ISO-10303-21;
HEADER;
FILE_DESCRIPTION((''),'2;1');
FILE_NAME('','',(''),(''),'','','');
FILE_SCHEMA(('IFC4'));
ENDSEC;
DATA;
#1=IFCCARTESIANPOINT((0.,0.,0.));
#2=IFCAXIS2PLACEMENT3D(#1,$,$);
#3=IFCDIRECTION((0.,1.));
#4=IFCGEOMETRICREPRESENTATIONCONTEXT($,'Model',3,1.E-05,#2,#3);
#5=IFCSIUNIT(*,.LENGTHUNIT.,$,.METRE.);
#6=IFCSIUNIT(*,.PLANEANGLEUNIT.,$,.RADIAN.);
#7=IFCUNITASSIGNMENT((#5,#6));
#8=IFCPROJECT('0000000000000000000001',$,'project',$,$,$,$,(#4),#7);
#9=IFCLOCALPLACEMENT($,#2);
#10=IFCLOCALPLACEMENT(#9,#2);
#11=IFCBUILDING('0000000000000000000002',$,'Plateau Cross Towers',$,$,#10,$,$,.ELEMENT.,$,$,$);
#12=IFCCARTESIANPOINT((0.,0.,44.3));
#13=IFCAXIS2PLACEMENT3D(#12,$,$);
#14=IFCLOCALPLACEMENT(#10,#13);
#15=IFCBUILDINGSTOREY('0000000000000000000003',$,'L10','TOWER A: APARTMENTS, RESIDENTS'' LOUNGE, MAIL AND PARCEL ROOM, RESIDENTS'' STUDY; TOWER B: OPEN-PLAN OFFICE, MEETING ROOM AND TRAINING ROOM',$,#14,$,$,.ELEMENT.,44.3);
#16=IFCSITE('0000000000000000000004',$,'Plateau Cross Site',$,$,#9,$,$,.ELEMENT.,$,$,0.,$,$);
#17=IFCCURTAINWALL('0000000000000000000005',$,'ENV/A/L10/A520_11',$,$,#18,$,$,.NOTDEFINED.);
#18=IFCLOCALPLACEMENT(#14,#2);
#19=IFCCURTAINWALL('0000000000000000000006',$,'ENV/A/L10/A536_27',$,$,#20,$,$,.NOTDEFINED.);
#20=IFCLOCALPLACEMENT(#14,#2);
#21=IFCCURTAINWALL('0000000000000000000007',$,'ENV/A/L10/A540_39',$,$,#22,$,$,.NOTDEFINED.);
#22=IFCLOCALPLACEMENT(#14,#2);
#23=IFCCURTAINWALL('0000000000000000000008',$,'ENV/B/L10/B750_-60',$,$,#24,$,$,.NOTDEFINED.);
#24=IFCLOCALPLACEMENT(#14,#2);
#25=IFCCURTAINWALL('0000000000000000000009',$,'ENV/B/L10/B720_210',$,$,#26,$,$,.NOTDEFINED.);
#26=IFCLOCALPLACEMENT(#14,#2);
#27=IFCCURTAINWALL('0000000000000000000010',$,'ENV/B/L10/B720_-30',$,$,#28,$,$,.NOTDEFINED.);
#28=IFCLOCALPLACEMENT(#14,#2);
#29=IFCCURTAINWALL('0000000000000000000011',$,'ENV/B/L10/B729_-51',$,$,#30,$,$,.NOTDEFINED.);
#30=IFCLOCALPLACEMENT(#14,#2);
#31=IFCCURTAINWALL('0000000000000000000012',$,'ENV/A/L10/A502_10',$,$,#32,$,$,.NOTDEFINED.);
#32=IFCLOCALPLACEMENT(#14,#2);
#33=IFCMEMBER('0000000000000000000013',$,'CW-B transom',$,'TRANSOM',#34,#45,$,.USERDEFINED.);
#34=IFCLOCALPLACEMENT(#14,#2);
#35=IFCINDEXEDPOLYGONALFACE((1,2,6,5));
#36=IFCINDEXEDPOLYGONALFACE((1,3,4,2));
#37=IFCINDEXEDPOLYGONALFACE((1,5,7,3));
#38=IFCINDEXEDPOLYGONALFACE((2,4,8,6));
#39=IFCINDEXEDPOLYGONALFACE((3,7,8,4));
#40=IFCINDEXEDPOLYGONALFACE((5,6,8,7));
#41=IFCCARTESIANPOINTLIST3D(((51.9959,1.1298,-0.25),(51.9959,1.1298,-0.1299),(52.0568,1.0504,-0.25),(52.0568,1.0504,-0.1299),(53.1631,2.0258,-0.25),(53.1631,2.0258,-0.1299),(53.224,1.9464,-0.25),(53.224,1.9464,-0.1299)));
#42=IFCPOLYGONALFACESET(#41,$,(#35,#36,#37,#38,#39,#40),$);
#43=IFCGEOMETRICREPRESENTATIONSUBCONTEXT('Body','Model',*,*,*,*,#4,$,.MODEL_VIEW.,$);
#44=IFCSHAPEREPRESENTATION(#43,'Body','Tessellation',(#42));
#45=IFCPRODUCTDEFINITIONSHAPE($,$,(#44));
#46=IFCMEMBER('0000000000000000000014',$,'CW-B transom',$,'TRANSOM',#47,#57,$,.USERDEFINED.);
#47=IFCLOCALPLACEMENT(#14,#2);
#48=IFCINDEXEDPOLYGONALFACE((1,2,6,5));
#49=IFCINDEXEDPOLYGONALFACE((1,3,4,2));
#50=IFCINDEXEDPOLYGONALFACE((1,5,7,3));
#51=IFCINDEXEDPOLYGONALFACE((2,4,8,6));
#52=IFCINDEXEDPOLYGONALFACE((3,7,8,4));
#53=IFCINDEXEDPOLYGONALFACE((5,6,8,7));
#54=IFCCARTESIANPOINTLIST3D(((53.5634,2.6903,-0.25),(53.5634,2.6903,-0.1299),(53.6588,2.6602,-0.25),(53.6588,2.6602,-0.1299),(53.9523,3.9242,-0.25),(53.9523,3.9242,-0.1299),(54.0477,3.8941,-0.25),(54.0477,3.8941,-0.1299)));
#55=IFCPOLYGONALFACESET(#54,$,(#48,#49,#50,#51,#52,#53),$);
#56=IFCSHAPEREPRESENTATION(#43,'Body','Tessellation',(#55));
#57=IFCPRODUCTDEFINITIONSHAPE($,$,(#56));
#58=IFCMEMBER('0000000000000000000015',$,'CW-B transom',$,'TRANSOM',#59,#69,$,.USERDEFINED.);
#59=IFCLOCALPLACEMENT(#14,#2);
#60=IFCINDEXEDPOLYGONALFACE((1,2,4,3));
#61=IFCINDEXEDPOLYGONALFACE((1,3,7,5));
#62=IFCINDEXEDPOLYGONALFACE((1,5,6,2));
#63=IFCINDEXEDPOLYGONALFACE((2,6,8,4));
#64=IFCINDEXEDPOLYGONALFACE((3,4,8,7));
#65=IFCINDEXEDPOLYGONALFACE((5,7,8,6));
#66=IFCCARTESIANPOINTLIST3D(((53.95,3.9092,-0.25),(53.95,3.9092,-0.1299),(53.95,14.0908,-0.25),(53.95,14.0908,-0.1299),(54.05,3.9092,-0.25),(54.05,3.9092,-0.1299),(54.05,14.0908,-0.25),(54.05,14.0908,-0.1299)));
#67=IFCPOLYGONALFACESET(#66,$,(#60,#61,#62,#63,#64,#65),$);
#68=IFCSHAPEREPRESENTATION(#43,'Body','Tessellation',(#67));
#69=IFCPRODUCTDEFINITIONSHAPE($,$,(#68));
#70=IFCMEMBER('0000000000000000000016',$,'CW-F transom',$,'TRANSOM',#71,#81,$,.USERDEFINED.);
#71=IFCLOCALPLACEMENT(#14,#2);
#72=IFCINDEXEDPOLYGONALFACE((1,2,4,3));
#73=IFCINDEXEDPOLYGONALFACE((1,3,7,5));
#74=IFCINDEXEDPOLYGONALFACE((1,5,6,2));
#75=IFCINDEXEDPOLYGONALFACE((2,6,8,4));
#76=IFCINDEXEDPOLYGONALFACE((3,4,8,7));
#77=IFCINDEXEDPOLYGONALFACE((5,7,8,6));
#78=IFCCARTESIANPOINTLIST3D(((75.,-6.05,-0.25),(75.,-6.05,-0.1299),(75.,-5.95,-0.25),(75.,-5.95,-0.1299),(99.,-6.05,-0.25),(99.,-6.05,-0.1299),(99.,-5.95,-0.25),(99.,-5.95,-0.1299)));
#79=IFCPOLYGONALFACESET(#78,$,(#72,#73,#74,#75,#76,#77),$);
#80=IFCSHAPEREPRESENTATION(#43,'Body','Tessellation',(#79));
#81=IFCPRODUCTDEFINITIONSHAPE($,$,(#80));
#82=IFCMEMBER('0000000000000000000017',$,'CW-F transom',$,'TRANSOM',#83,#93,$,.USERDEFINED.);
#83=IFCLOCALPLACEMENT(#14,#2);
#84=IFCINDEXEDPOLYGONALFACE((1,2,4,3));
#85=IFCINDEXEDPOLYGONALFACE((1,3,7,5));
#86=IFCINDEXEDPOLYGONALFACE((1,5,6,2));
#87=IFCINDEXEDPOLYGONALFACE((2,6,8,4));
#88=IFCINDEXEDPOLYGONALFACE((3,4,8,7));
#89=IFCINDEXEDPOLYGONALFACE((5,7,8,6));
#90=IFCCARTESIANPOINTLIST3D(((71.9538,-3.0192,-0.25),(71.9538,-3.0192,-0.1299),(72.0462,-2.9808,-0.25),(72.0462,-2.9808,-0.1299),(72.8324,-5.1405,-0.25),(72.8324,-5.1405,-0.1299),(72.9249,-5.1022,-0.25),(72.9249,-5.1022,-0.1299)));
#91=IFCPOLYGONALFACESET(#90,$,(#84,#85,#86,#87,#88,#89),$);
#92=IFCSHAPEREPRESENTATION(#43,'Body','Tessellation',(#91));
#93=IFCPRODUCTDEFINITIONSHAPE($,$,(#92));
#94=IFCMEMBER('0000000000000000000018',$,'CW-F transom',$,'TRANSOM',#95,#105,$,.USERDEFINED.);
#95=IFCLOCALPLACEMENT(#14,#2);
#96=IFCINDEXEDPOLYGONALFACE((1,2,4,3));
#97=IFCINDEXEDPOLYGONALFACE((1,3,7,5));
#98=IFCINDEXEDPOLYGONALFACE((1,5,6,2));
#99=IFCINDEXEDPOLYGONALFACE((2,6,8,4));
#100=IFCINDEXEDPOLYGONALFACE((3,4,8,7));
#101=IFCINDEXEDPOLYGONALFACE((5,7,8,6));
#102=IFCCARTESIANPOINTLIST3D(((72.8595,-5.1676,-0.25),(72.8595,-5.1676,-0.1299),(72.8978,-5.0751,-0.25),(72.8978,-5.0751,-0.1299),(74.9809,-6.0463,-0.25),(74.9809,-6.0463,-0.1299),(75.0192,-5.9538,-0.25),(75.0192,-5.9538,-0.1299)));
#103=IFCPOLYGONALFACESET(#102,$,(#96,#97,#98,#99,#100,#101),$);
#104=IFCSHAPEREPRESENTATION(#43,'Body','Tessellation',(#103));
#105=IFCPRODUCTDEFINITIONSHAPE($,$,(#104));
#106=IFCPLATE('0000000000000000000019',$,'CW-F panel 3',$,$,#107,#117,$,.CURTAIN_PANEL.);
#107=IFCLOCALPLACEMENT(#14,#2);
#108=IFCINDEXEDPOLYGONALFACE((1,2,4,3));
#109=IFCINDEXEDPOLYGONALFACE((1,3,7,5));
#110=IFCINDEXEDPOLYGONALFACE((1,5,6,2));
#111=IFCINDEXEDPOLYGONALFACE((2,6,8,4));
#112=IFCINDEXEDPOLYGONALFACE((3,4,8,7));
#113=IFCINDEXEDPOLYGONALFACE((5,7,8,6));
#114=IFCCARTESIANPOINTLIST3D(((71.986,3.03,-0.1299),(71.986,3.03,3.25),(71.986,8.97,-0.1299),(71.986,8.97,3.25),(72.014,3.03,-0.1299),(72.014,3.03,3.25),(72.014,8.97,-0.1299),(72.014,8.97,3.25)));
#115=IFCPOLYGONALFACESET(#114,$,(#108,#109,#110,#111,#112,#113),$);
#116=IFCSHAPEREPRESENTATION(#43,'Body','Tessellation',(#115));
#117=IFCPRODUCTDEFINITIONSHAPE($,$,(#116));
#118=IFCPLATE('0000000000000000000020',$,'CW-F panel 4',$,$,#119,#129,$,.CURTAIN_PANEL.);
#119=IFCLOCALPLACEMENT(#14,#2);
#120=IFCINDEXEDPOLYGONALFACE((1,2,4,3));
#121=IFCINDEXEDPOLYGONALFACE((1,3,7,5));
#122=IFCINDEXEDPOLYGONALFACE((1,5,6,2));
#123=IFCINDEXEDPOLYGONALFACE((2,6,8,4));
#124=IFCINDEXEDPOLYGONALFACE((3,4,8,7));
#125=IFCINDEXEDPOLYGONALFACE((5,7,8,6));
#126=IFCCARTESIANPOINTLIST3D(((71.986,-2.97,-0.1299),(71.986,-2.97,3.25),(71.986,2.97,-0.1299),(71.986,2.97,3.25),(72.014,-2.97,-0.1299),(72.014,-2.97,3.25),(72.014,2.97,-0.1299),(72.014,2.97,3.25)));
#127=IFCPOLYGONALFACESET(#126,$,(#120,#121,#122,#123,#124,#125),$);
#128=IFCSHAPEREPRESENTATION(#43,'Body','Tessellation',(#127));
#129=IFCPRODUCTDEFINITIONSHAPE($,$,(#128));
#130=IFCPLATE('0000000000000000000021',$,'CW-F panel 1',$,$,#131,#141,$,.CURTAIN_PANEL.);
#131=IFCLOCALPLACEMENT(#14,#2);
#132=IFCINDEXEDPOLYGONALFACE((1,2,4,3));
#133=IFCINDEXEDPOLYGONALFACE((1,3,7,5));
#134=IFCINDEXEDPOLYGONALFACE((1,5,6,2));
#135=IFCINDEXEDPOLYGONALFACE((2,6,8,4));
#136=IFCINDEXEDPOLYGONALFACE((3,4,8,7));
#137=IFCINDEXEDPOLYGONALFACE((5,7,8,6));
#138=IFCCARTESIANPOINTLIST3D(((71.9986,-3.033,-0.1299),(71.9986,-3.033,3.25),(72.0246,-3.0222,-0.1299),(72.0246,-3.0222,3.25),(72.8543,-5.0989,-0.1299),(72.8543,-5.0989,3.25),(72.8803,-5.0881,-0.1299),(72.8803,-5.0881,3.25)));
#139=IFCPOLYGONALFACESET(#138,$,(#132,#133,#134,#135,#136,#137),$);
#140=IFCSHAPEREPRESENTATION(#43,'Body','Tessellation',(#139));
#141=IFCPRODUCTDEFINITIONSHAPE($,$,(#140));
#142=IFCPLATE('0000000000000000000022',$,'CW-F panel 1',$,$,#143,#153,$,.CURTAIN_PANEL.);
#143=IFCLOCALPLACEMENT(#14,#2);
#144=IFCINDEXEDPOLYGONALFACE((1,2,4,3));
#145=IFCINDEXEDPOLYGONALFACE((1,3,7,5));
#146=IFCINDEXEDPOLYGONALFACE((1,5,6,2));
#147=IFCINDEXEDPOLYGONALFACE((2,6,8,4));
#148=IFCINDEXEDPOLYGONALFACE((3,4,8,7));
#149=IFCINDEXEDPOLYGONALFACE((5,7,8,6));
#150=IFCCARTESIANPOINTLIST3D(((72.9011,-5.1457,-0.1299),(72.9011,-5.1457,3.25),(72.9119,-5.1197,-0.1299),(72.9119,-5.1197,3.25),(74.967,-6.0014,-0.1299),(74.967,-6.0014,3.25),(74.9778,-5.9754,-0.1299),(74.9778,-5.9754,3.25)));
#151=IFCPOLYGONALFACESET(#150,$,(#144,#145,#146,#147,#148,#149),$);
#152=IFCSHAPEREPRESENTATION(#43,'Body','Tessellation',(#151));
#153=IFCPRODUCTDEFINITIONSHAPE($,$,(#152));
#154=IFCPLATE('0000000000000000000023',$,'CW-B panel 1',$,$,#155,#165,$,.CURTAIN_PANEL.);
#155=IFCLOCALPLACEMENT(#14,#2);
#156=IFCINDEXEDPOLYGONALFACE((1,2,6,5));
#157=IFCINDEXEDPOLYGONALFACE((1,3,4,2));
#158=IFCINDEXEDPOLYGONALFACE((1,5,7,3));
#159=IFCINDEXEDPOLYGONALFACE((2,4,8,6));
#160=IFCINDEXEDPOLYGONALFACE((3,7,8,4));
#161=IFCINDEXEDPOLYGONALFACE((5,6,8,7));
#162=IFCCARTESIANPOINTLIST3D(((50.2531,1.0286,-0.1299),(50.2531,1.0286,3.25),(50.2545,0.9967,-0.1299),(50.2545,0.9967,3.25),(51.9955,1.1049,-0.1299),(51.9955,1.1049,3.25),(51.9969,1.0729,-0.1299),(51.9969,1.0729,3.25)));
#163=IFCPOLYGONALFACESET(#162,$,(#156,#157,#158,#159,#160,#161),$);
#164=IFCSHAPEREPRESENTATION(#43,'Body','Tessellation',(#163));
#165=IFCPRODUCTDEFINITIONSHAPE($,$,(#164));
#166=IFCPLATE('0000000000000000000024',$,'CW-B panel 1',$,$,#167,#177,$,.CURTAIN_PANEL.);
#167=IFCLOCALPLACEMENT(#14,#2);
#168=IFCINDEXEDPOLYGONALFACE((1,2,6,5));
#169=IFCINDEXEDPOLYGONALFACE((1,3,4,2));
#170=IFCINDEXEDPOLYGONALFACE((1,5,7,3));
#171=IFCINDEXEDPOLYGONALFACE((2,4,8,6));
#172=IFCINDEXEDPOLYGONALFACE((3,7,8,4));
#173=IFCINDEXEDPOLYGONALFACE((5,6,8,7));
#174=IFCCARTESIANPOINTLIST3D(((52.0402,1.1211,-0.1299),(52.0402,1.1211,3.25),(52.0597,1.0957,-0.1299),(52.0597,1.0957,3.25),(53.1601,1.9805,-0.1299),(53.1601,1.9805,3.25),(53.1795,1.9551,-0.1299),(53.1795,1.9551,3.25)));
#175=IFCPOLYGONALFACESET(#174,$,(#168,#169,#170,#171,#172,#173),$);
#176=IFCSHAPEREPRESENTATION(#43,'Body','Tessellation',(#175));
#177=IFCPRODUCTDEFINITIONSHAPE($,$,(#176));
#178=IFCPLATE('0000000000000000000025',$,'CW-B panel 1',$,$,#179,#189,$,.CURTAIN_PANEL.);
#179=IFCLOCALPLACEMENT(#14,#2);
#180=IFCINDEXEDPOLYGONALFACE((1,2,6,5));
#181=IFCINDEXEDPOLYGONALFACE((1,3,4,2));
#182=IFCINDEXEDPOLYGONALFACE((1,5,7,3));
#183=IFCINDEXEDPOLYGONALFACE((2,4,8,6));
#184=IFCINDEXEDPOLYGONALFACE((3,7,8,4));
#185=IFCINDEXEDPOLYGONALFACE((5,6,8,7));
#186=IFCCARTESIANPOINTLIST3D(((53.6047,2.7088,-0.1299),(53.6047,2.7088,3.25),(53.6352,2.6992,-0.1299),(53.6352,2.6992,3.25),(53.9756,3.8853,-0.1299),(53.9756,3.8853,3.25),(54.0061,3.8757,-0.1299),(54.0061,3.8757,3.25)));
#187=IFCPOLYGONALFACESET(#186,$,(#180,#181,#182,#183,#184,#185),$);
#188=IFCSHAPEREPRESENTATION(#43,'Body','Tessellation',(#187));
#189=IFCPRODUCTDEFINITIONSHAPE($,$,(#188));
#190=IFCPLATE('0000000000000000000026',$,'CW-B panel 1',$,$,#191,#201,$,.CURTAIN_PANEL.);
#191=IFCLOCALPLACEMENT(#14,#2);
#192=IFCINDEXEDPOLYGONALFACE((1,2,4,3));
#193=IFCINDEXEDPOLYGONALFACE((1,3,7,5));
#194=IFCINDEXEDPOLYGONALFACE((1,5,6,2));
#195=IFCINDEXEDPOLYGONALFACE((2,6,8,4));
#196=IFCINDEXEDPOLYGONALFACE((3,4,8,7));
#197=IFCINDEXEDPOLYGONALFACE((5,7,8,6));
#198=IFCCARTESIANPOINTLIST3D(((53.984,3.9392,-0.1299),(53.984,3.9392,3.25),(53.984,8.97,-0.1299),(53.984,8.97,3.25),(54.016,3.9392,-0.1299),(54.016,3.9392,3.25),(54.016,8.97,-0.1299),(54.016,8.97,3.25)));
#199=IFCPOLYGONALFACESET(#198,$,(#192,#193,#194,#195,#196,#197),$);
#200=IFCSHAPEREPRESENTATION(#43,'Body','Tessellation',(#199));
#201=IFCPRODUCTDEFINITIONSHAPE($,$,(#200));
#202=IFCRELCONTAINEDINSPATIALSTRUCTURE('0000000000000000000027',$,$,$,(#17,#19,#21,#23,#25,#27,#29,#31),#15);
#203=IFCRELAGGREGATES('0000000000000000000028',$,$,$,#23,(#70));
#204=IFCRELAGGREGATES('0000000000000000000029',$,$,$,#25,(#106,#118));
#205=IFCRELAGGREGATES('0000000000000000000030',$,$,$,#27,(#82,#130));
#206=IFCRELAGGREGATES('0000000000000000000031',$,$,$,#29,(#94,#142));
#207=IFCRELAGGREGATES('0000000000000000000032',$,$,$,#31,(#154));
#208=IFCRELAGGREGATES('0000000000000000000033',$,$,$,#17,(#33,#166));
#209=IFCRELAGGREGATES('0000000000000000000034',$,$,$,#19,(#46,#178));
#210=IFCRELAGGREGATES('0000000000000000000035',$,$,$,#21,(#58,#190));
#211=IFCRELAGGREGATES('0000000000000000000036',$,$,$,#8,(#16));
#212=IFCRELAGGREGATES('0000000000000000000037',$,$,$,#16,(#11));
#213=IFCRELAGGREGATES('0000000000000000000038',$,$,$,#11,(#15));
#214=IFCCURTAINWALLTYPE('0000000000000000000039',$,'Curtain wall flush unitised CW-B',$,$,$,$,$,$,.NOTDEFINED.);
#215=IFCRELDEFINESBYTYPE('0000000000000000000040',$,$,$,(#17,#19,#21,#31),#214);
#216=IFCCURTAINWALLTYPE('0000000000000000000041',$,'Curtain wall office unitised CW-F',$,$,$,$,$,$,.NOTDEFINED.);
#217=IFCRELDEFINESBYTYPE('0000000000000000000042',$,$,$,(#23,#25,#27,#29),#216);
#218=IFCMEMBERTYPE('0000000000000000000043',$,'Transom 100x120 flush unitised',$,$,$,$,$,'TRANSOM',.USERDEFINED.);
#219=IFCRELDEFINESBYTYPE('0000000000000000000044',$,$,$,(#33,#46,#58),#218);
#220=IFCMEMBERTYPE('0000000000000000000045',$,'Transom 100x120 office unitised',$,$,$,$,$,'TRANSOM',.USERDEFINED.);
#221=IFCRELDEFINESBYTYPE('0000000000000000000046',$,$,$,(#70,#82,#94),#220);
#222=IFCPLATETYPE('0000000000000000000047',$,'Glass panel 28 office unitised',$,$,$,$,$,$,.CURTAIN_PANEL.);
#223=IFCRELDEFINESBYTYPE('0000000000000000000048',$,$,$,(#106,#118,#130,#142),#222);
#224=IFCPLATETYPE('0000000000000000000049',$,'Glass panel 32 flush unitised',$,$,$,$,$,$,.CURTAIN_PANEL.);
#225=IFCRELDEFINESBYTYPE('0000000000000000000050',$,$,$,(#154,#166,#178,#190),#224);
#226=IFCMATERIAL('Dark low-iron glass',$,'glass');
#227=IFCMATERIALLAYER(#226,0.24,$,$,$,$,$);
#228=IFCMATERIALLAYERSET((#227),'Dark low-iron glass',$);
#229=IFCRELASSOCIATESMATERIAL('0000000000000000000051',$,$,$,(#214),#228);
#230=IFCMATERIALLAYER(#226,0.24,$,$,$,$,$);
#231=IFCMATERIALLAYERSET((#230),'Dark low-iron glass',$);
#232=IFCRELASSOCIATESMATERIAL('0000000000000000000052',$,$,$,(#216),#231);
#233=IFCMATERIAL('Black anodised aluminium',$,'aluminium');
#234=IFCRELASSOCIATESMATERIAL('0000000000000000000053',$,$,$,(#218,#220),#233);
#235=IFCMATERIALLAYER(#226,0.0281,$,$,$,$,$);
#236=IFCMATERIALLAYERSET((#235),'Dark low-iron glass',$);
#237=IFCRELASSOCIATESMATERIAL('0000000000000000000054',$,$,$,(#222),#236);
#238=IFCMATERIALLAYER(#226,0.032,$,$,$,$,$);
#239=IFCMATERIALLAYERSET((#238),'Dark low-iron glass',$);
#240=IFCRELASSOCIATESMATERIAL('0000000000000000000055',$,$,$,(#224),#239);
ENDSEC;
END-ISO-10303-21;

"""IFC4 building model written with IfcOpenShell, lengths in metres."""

from ifc_helpers import new_model, si_unit, direction, frame, origin, origin_2d, place, context, subcontext, project, spatial, rectangle, extrude, material, layer, layer_set, material_profile, profile_set, type_object, element, aggregate, save


model = new_model("IFC4")

# Units and contexts
model_context = context("Model", 3, precision=1e-05, world=origin(), true_north=direction((0.0, 1.0)))
body_context = subcontext(model_context, "Body", "Model", "MODEL_VIEW")
ifc_project = project(units=[si_unit("LENGTHUNIT", "METRE"), si_unit("PLANEANGLEUNIT", "RADIAN")], contexts=[model_context])

# Site, building, storey
site_placement = place(None, origin())
site = spatial("IfcSite", under=ifc_project, at=site_placement, Name="Plateau Cross Site", CompositionType="ELEMENT", RefElevation=0.0)
building_placement = place(site_placement, origin())
building = spatial("IfcBuilding", under=site, at=building_placement, Name="Plateau Cross Towers", CompositionType="ELEMENT")
storey_placement = place(building_placement, frame((0.0, 0.0, 44.3)))
storey = spatial("IfcBuildingStorey", under=building, at=storey_placement, Name="L10", Description="TOWER A: APARTMENTS, RESIDENTS' LOUNGE, MAIL AND PARCEL ROOM, RESIDENTS' STUDY; TOWER B: OPEN-PLAN OFFICE, MEETING ROOM AND TRAINING ROOM", CompositionType="ELEMENT", Elevation=44.3)

# Curtain wall
ifc_material_1 = material(Name="Dark low-iron glass", Category="glass")
ifc_layer_1 = layer(ifc_material_1, 0.24)
ifc_layer_set_1 = layer_set([ifc_layer_1], Name="Dark low-iron glass")
curtain_wall_type_1 = type_object("IfcCurtainWallType", Name="Curtain wall flush unitised CW-B", PredefinedType="NOTDEFINED", material=ifc_layer_set_1)
curtain_wall_1_placement = place(storey_placement, origin())
curtain_wall_1 = element("IfcCurtainWall", 1, at=curtain_wall_1_placement, inside=storey, type_object=curtain_wall_type_1, Name="ENV/A/L10/A520_11", PredefinedType="NOTDEFINED")
ifc_material_2 = material(Name="Black anodised aluminium", Category="aluminium")

# Curtain wall
curtain_wall_2_placement = place(storey_placement, origin())
curtain_wall_2 = element("IfcCurtainWall", 2, at=curtain_wall_2_placement, inside=storey, type_object=curtain_wall_type_1, Name="ENV/A/L10/A536_27", PredefinedType="NOTDEFINED")

# Curtain wall
curtain_wall_3_placement = place(storey_placement, origin())
curtain_wall_3 = element("IfcCurtainWall", 3, at=curtain_wall_3_placement, inside=storey, type_object=curtain_wall_type_1, Name="ENV/A/L10/A540_39", PredefinedType="NOTDEFINED")

# Curtain walls
ifc_layer_2 = layer(ifc_material_1, 0.24)
ifc_layer_set_2 = layer_set([ifc_layer_2], Name="Dark low-iron glass")
curtain_wall_type_2 = type_object("IfcCurtainWallType", Name="Curtain wall office unitised CW-F", PredefinedType="NOTDEFINED", material=ifc_layer_set_2)
curtain_wall_4_placement = place(storey_placement, origin())
curtain_wall_4 = element("IfcCurtainWall", 4, at=curtain_wall_4_placement, inside=storey, type_object=curtain_wall_type_2, Name="ENV/B/L10/B750_-60", PredefinedType="NOTDEFINED")
curtain_wall_5_placement = place(storey_placement, origin())
curtain_wall_5 = element("IfcCurtainWall", 5, at=curtain_wall_5_placement, inside=storey, type_object=curtain_wall_type_2, Name="ENV/B/L10/B720_210", PredefinedType="NOTDEFINED")
curtain_wall_6_placement = place(storey_placement, origin())
curtain_wall_6 = element("IfcCurtainWall", 6, at=curtain_wall_6_placement, inside=storey, type_object=curtain_wall_type_2, Name="ENV/B/L10/B720_-30", PredefinedType="NOTDEFINED")
curtain_wall_7_placement = place(storey_placement, origin())
curtain_wall_7 = element("IfcCurtainWall", 7, at=curtain_wall_7_placement, inside=storey, type_object=curtain_wall_type_2, Name="ENV/B/L10/B729_-51", PredefinedType="NOTDEFINED")

# Curtain wall
curtain_wall_8_placement = place(storey_placement, origin())
curtain_wall_8 = element("IfcCurtainWall", 8, at=curtain_wall_8_placement, inside=storey, type_object=curtain_wall_type_1, Name="ENV/A/L10/A502_10", PredefinedType="NOTDEFINED")
ifc_material_profile_1 = material_profile(ifc_material_2, rectangle(XDim=0.1001, YDim=0.1201, at=origin_2d()), Name="TRANSOM 100x120")
ifc_profile_set_1 = profile_set([ifc_material_profile_1], Name="Black anodised aluminium")
member_type_1 = type_object("IfcMemberType", Name="Transom 100x120 flush unitised", ElementType="TRANSOM", PredefinedType="USERDEFINED", material=ifc_profile_set_1)

# Members
member_1_placement = place(storey_placement, frame((52.0264, 1.0901, -0.1899), z_axis=(0.79324, 0.608909, 0.0), x_axis=(-0.608909, 0.79324, 0.0)))
member_1 = element("IfcMember", 9, at=member_1_placement, type_object=member_type_1, Name="CW-B transom", ObjectType="TRANSOM", PredefinedType="USERDEFINED", context=body_context, shape_type="SweptSolid", body=[
    extrude(rectangle(XDim=0.1001, YDim=0.1201, at=origin_2d()), origin(), (0.0, 0.0, 1.0), 1.4714),
])
member_2_placement = place(storey_placement, frame((53.6111, 2.6753, -0.1899), z_axis=(0.300617, 0.953745, 0.0), x_axis=(-0.953745, 0.300617, 0.0)))
member_2 = element("IfcMember", 10, at=member_2_placement, type_object=member_type_1, Name="CW-B transom", ObjectType="TRANSOM", PredefinedType="USERDEFINED", context=body_context, shape_type="SweptSolid", body=[
    extrude(rectangle(XDim=0.1001, YDim=0.1201, at=origin_2d()), origin(), (0.0, 0.0, 1.0), 1.2937),
])
member_3_placement = place(storey_placement, frame((54.0, 3.9092, -0.1899), z_axis=(0.0, 1.0, 0.0), x_axis=(-1.0, 0.0, 0.0)))
member_3 = element("IfcMember", 11, at=member_3_placement, type_object=member_type_1, Name="CW-B transom", ObjectType="TRANSOM", PredefinedType="USERDEFINED", context=body_context, shape_type="SweptSolid", body=[
    extrude(rectangle(XDim=0.1001, YDim=0.1201, at=origin_2d()), origin(), (0.0, 0.0, 1.0), 10.1816),
])
ifc_material_profile_2 = material_profile(ifc_material_2, rectangle(XDim=0.1001, YDim=0.1201, at=origin_2d()), Name="TRANSOM 100x120")
ifc_profile_set_2 = profile_set([ifc_material_profile_2], Name="Black anodised aluminium")
member_type_2 = type_object("IfcMemberType", Name="Transom 100x120 office unitised", ElementType="TRANSOM", PredefinedType="USERDEFINED", material=ifc_profile_set_2)
member_4_placement = place(storey_placement, frame((75.0, -6.0, -0.1899), z_axis=(1.0, 0.0, 0.0), x_axis=(0.0, 1.0, 0.0)))
member_4 = element("IfcMember", 12, at=member_4_placement, type_object=member_type_2, Name="CW-F transom", ObjectType="TRANSOM", PredefinedType="USERDEFINED", context=body_context, shape_type="SweptSolid", body=[
    extrude(rectangle(XDim=0.1001, YDim=0.1201, at=origin_2d()), origin(), (0.0, 0.0, 1.0), 24.0),
])
aggregate(curtain_wall_4, [member_4])
member_5_placement = place(storey_placement, frame((72.0, -3.0, -0.1899), z_axis=(0.382674, -0.923883, 0.0), x_axis=(0.923883, 0.382674, 0.0)))
member_5 = element("IfcMember", 13, at=member_5_placement, type_object=member_type_2, Name="CW-F transom", ObjectType="TRANSOM", PredefinedType="USERDEFINED", context=body_context, shape_type="SweptSolid", body=[
    extrude(rectangle(XDim=0.1001, YDim=0.1201, at=origin_2d()), origin(), (0.0, 0.0, 1.0), 2.2961),
])
member_6_placement = place(storey_placement, frame((72.8787, -5.1213, -0.1899), z_axis=(0.923883, -0.382674, 0.0), x_axis=(0.382674, 0.923883, 0.0)))
member_6 = element("IfcMember", 14, at=member_6_placement, type_object=member_type_2, Name="CW-F transom", ObjectType="TRANSOM", PredefinedType="USERDEFINED", context=body_context, shape_type="SweptSolid", body=[
    extrude(rectangle(XDim=0.1001, YDim=0.1201, at=origin_2d()), origin(), (0.0, 0.0, 1.0), 2.2961),
])

# Plates
ifc_layer_3 = layer(ifc_material_1, 0.0281)
ifc_layer_set_3 = layer_set([ifc_layer_3], Name="Dark low-iron glass")
plate_type_1 = type_object("IfcPlateType", Name="Glass panel 28 office unitised", PredefinedType="CURTAIN_PANEL", material=ifc_layer_set_3)
plate_1_placement = place(storey_placement, frame((72.0, 6.0, -0.1299), z_axis=(0.0, 0.0, 1.0), x_axis=(0.0, -1.0, 0.0)))
plate_1 = element("IfcPlate", 15, at=plate_1_placement, type_object=plate_type_1, Name="CW-F panel 3", PredefinedType="CURTAIN_PANEL", context=body_context, shape_type="SweptSolid", body=[
    extrude(rectangle(XDim=5.9399, YDim=0.0281, at=origin_2d()), origin(), (0.0, 0.0, 1.0), 3.3799),
])
plate_2_placement = place(storey_placement, frame((72.0, 0.0, -0.1299), z_axis=(0.0, 0.0, 1.0), x_axis=(0.0, -1.0, 0.0)))
plate_2 = element("IfcPlate", 16, at=plate_2_placement, type_object=plate_type_1, Name="CW-F panel 4", PredefinedType="CURTAIN_PANEL", context=body_context, shape_type="SweptSolid", body=[
    extrude(rectangle(XDim=5.9399, YDim=0.0281, at=origin_2d()), origin(), (0.0, 0.0, 1.0), 3.3799),
])
aggregate(curtain_wall_5, [plate_1, plate_2])
plate_3_placement = place(storey_placement, frame((72.4395, -4.0605, -0.1299), z_axis=(0.0, 0.0, 1.0), x_axis=(0.382684, -0.923879, 0.0)))
plate_3 = element("IfcPlate", 17, at=plate_3_placement, type_object=plate_type_1, Name="CW-F panel 1", PredefinedType="CURTAIN_PANEL", context=body_context, shape_type="SweptSolid", body=[
    extrude(rectangle(XDim=2.2361, YDim=0.0281, at=origin_2d()), origin(), (0.0, 0.0, 1.0), 3.3799),
])
aggregate(curtain_wall_6, [member_5, plate_3])
plate_4_placement = place(storey_placement, frame((73.9395, -5.5605, -0.1299), z_axis=(0.0, 0.0, 1.0), x_axis=(0.923879, -0.382684, 0.0)))
plate_4 = element("IfcPlate", 18, at=plate_4_placement, type_object=plate_type_1, Name="CW-F panel 1", PredefinedType="CURTAIN_PANEL", context=body_context, shape_type="SweptSolid", body=[
    extrude(rectangle(XDim=2.2361, YDim=0.0281, at=origin_2d()), origin(), (0.0, 0.0, 1.0), 3.3799),
])
aggregate(curtain_wall_7, [member_6, plate_4])
ifc_layer_4 = layer(ifc_material_1, 0.032)
ifc_layer_set_4 = layer_set([ifc_layer_4], Name="Dark low-iron glass")
plate_type_2 = type_object("IfcPlateType", Name="Glass panel 32 flush unitised", PredefinedType="CURTAIN_PANEL", material=ifc_layer_set_4)
plate_5_placement = place(storey_placement, frame((51.125, 1.0508, -0.1299), z_axis=(0.0, 0.0, 1.0), x_axis=(0.999044, 0.043723, 0.0)))
plate_5 = element("IfcPlate", 19, at=plate_5_placement, type_object=plate_type_2, Name="CW-B panel 1", PredefinedType="CURTAIN_PANEL", context=body_context, shape_type="SweptSolid", body=[
    extrude(rectangle(XDim=1.7441, YDim=0.032, at=origin_2d()), origin(), (0.0, 0.0, 1.0), 3.3799),
])
aggregate(curtain_wall_8, [plate_5])
plate_6_placement = place(storey_placement, frame((52.6099, 1.5381, -0.1299), z_axis=(0.0, 0.0, 1.0), x_axis=(0.793316, 0.608811, 0.0)))
plate_6 = element("IfcPlate", 20, at=plate_6_placement, type_object=plate_type_2, Name="CW-B panel 1", PredefinedType="CURTAIN_PANEL", context=body_context, shape_type="SweptSolid", body=[
    extrude(rectangle(XDim=1.4116, YDim=0.032, at=origin_2d()), origin(), (0.0, 0.0, 1.0), 3.3799),
])
aggregate(curtain_wall_1, [member_1, plate_6])
plate_7_placement = place(storey_placement, frame((53.8054, 3.2922, -0.1299), z_axis=(0.0, 0.0, 1.0), x_axis=(0.300686, 0.953723, 0.0)))
plate_7 = element("IfcPlate", 21, at=plate_7_placement, type_object=plate_type_2, Name="CW-B panel 1", PredefinedType="CURTAIN_PANEL", context=body_context, shape_type="SweptSolid", body=[
    extrude(rectangle(XDim=1.2336, YDim=0.032, at=origin_2d()), origin(), (0.0, 0.0, 1.0), 3.3799),
])
aggregate(curtain_wall_2, [member_2, plate_7])
plate_8_placement = place(storey_placement, frame((54.0, 6.4546, -0.1299), z_axis=(0.0, 0.0, 1.0), x_axis=(0.0, 1.0, 0.0)))
plate_8 = element("IfcPlate", 22, at=plate_8_placement, type_object=plate_type_2, Name="CW-B panel 1", PredefinedType="CURTAIN_PANEL", context=body_context, shape_type="SweptSolid", body=[
    extrude(rectangle(XDim=5.0308, YDim=0.032, at=origin_2d()), origin(), (0.0, 0.0, 1.0), 3.3799),
])
aggregate(curtain_wall_3, [member_3, plate_8])

save(model, "model.ifc")
